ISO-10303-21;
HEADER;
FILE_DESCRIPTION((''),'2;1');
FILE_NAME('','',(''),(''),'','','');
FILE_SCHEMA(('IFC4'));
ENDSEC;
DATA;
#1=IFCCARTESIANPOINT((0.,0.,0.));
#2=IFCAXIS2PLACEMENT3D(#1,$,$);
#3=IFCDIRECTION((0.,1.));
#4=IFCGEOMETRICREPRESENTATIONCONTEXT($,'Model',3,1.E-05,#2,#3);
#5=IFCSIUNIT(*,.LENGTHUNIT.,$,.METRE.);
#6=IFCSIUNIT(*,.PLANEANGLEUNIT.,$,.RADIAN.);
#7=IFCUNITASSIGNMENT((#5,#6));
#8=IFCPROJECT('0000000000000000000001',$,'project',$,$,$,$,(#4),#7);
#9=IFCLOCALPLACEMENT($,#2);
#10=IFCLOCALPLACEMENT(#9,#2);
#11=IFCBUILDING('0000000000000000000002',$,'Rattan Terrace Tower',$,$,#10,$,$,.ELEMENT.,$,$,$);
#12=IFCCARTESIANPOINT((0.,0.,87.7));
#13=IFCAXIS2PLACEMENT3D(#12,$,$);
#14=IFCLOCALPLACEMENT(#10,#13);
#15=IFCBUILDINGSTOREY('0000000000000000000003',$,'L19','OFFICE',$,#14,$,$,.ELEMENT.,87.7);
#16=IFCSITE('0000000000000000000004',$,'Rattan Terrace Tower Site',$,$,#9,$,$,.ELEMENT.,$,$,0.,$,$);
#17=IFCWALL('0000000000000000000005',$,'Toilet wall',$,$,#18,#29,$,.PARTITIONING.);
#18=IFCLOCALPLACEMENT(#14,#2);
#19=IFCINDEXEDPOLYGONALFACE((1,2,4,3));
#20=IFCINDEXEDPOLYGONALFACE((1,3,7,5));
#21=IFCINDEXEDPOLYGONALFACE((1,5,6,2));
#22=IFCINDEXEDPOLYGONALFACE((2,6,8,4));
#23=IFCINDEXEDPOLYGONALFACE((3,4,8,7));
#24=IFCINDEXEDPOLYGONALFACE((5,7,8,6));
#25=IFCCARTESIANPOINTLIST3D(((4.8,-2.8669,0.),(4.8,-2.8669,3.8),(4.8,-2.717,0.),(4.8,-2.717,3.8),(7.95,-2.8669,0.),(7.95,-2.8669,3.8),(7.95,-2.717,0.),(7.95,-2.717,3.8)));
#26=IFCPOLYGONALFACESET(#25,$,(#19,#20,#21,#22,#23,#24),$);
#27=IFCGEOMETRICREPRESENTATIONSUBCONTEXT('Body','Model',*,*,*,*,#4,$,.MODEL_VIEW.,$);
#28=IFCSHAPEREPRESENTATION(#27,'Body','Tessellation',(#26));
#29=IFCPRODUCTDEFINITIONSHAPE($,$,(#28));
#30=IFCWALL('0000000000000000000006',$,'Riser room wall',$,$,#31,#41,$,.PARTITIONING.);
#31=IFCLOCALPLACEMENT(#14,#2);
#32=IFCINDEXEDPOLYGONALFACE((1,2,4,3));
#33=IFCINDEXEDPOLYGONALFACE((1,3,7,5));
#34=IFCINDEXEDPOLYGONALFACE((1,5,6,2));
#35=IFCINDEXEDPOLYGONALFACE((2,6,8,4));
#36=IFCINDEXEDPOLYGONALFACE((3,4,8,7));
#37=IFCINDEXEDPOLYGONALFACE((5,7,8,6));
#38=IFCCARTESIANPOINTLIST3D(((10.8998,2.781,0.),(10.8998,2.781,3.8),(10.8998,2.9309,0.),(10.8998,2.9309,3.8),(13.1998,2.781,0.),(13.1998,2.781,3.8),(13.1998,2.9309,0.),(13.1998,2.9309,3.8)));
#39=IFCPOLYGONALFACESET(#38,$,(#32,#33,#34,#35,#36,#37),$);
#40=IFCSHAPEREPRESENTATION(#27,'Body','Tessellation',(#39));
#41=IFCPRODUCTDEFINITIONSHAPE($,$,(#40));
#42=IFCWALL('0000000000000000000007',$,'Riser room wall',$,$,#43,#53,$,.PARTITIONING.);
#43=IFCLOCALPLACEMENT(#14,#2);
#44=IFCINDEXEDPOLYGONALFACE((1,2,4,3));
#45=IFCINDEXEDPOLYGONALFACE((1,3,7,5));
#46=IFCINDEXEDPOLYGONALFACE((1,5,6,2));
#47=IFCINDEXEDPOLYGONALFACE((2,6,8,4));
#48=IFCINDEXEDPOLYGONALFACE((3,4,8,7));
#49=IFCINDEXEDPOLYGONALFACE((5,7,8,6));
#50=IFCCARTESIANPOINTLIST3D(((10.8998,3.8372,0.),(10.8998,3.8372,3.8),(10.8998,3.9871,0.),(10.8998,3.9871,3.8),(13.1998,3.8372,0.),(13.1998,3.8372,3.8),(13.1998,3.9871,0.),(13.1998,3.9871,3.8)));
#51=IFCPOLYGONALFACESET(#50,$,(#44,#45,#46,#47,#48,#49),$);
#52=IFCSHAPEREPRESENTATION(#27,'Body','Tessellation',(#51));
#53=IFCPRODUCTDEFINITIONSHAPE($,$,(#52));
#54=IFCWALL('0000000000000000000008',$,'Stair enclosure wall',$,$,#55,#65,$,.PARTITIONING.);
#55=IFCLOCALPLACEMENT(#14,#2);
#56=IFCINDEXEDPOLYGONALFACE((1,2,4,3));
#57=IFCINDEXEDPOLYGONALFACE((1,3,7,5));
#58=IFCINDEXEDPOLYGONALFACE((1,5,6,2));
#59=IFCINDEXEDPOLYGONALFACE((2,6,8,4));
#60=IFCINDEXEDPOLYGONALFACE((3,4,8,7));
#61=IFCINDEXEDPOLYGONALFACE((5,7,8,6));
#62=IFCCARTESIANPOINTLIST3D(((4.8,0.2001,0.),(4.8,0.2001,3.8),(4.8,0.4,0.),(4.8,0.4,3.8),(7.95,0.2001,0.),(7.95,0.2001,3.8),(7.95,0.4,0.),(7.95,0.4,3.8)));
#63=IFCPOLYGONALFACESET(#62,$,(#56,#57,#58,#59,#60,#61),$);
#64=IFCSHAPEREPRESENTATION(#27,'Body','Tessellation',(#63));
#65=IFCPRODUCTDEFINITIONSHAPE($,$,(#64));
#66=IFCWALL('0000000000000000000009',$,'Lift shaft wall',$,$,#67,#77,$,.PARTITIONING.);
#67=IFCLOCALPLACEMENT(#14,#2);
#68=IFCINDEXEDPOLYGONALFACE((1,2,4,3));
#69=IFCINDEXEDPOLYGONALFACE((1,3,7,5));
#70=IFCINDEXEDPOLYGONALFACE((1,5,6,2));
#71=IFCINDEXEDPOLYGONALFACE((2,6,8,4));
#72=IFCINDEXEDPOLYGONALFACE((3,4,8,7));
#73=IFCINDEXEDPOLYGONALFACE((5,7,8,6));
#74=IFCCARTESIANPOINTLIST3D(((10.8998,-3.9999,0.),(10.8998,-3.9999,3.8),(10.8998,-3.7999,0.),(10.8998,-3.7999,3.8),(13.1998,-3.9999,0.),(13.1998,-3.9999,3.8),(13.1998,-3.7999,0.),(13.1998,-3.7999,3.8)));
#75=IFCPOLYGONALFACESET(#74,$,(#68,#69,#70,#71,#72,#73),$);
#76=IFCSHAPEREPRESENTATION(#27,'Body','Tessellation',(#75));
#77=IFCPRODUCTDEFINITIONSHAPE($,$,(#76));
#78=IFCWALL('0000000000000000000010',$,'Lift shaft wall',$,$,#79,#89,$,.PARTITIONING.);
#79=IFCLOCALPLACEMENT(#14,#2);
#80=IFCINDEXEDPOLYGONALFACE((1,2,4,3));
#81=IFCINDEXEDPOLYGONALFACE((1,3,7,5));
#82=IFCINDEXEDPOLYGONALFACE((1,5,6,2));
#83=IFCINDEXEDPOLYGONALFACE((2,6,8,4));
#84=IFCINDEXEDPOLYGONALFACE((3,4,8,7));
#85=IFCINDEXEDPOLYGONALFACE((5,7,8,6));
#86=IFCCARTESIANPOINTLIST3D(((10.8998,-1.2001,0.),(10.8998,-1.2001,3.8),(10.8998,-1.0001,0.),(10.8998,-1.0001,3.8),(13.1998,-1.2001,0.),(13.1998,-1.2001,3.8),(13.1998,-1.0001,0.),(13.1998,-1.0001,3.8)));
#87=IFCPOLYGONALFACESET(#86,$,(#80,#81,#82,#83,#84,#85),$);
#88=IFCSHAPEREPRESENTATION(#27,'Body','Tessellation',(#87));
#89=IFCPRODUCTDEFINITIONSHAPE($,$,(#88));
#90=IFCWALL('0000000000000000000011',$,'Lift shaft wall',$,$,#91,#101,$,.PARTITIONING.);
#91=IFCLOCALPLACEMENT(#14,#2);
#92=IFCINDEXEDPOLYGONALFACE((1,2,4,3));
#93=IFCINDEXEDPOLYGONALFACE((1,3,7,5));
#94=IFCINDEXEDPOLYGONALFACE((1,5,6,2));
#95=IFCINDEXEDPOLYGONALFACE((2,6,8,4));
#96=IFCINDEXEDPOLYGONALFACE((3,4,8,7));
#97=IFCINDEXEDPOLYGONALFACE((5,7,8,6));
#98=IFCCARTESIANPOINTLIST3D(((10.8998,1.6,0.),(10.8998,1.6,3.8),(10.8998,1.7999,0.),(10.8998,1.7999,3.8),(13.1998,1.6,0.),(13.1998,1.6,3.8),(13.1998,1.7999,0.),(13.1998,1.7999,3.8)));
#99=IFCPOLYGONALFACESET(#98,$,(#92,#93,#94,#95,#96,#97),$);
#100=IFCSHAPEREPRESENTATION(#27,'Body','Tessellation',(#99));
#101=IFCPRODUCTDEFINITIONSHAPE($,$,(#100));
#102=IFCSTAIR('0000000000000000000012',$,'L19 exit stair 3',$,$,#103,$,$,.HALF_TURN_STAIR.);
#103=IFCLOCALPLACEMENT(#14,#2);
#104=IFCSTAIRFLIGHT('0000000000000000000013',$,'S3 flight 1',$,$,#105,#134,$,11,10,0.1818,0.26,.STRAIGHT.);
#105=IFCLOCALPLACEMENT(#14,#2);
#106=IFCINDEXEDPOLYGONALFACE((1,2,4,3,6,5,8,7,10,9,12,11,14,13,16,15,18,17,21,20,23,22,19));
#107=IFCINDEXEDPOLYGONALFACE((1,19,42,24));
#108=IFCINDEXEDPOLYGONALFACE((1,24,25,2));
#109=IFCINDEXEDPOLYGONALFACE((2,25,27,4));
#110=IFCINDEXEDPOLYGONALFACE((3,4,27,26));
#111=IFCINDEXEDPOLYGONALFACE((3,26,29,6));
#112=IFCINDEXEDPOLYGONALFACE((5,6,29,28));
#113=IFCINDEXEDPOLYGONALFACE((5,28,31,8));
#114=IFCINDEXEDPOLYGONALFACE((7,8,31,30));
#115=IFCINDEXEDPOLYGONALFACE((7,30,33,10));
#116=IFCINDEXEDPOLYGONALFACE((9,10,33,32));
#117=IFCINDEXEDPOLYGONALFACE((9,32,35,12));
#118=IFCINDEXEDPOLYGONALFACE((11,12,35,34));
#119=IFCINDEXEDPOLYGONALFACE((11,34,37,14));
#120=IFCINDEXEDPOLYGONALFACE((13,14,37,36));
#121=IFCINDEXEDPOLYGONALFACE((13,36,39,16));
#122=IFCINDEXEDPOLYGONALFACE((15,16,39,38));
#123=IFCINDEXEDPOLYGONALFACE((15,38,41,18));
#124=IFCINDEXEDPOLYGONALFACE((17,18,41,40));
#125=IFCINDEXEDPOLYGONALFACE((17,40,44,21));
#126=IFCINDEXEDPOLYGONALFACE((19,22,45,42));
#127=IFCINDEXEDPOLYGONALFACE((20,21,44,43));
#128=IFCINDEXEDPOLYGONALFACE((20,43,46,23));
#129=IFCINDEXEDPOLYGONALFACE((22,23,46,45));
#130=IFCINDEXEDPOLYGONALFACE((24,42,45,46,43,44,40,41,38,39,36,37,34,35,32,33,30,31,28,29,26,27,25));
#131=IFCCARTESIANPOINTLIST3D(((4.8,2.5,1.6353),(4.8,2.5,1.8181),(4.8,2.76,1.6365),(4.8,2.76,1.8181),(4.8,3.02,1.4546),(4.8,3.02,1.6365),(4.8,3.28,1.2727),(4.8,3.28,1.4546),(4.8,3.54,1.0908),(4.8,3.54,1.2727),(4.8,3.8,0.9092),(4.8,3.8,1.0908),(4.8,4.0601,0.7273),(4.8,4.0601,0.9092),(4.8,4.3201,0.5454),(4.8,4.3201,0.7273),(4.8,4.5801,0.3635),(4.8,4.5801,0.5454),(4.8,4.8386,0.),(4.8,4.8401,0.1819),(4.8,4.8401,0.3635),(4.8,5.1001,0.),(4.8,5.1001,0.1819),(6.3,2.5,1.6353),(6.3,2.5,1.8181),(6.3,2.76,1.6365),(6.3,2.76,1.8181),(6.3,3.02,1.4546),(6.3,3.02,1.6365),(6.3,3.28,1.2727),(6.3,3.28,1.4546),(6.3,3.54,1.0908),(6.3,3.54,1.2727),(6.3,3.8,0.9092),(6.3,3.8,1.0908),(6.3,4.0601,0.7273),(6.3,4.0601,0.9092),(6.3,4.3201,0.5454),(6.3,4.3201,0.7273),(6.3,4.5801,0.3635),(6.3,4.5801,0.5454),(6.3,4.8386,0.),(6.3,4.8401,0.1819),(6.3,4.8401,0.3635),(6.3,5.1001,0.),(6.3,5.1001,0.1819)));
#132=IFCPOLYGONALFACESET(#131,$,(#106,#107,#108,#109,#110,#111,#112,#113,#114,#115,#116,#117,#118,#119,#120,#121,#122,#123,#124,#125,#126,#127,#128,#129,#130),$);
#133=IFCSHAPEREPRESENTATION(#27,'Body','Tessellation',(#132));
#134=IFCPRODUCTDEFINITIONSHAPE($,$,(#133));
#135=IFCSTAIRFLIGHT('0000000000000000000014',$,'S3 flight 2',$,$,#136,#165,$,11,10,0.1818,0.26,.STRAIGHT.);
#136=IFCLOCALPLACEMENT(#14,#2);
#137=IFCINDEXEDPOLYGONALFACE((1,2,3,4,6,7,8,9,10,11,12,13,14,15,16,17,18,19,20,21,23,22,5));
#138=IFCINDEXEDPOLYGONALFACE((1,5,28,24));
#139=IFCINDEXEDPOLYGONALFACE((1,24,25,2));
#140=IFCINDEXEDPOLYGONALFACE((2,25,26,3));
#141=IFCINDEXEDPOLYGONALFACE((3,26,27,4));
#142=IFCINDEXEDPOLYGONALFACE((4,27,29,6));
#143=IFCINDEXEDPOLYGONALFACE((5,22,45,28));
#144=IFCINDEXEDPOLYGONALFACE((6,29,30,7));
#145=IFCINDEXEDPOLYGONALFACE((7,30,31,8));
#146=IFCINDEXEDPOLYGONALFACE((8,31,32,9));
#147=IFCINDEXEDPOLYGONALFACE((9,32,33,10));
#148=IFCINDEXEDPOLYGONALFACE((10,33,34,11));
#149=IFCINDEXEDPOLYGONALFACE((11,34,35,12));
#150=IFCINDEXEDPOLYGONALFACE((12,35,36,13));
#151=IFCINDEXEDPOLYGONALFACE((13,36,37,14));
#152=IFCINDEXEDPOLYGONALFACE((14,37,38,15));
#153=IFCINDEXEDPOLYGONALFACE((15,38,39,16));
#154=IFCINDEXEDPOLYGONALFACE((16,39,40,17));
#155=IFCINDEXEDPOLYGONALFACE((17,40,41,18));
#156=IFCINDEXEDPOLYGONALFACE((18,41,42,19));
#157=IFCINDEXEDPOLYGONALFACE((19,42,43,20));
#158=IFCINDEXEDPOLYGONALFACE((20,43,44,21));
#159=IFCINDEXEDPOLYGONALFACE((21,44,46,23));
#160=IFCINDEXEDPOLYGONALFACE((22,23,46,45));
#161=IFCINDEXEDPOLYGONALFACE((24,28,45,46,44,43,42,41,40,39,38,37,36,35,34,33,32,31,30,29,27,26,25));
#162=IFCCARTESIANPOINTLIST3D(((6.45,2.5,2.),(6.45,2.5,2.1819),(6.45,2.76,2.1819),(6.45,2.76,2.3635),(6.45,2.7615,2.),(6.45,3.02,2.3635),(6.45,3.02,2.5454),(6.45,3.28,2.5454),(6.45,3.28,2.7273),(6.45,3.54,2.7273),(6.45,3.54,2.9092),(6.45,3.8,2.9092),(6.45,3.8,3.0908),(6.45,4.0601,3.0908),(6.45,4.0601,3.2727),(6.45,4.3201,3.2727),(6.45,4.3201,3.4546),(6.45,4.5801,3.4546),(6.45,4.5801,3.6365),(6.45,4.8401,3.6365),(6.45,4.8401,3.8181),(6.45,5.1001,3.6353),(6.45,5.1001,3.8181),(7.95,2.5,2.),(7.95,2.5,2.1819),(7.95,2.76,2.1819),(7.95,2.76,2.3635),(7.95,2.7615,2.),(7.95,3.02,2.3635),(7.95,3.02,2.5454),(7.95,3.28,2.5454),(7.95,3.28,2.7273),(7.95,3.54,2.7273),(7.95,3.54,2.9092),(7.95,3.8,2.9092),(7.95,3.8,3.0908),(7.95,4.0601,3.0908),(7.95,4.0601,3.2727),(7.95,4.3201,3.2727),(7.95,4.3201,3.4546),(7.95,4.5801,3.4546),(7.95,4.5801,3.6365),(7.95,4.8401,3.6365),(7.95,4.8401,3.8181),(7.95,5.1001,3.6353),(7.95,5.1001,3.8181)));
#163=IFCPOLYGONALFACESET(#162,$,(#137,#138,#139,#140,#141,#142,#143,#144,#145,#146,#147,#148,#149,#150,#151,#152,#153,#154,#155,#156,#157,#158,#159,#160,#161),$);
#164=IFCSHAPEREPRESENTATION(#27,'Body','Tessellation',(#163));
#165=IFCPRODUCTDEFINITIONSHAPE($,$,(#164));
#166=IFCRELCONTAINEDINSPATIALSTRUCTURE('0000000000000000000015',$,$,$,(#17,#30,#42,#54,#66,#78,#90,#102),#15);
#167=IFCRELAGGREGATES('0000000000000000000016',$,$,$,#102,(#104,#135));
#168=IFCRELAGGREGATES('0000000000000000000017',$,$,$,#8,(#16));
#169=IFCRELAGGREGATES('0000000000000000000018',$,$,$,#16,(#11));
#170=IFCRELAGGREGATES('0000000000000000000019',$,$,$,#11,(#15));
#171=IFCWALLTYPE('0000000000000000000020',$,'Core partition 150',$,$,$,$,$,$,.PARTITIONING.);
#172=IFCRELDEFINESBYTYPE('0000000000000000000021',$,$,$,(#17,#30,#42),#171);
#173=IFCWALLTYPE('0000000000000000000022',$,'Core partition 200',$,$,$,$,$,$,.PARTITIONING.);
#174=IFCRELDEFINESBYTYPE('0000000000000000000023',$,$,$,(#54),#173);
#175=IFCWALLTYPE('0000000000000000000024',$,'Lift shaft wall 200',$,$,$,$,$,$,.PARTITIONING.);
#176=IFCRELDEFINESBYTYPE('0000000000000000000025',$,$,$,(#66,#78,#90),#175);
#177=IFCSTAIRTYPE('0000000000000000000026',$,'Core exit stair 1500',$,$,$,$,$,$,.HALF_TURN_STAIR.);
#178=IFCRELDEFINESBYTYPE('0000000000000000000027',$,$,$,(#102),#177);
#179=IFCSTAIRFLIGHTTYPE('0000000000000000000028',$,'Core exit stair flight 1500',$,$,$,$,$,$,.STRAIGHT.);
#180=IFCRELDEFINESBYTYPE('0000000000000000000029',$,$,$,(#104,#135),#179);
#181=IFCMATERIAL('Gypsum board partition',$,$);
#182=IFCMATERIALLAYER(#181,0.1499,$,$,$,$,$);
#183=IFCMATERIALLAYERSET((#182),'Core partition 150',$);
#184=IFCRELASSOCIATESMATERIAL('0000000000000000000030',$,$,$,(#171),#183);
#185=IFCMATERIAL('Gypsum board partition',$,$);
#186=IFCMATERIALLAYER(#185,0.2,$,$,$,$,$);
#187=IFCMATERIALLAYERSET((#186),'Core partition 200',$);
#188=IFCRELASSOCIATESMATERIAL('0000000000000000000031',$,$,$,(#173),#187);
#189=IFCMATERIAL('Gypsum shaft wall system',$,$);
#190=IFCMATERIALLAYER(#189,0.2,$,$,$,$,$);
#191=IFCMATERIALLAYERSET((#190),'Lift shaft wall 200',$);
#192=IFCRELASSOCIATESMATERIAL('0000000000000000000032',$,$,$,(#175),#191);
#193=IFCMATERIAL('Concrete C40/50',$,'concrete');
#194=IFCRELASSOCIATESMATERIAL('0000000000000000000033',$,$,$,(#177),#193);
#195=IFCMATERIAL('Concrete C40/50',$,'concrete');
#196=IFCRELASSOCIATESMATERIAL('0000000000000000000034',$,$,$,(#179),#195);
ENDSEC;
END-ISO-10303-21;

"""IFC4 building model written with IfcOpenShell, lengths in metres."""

from ifc_helpers import new_model, si_unit, direction, frame, frame_2d, origin, place, context, subcontext, project, spatial, polyline, rectangle, outline, extrude, material, layer, layer_set, type_object, element, aggregate, save


model = new_model("IFC4")

# Units and contexts
model_context = context("Model", 3, precision=1e-05, world=origin(), true_north=direction((0.0, 1.0)))
body_context = subcontext(model_context, "Body", "Model", "MODEL_VIEW")
ifc_project = project(units=[si_unit("LENGTHUNIT", "METRE"), si_unit("PLANEANGLEUNIT", "RADIAN")], contexts=[model_context])

# Site, building, storey
site_placement = place(None, origin())
site = spatial("IfcSite", under=ifc_project, at=site_placement, Name="Rattan Terrace Tower Site", CompositionType="ELEMENT", RefElevation=0.0)
building_placement = place(site_placement, origin())
building = spatial("IfcBuilding", under=site, at=building_placement, Name="Rattan Terrace Tower", CompositionType="ELEMENT")
storey_placement = place(building_placement, frame((0.0, 0.0, 87.7)))
storey = spatial("IfcBuildingStorey", under=building, at=storey_placement, Name="L19", Description="OFFICE", CompositionType="ELEMENT", Elevation=87.7)

# Walls
ifc_material_1 = material(Name="Gypsum board partition")
ifc_layer_1 = layer(ifc_material_1, 0.1499)
ifc_layer_set_1 = layer_set([ifc_layer_1], Name="Core partition 150")
wall_type_1 = type_object("IfcWallType", Name="Core partition 150", PredefinedType="PARTITIONING", material=ifc_layer_set_1)
wall_1_placement = place(storey_placement, frame((4.8, -2.792, 0.0), z_axis=(0.0, 0.0, 1.0), x_axis=(1.0, 0.0, 0.0)))
element("IfcWall", 1, at=wall_1_placement, inside=storey, type_object=wall_type_1, Name="Toilet wall", PredefinedType="PARTITIONING", context=body_context, shape_type="SweptSolid", body=[
    extrude(rectangle(XDim=3.1499, YDim=0.1499, at=frame_2d((1.575, 0.0))), origin(), (0.0, 0.0, 1.0), 3.8),
])
for number, where, z_axis, x_axis, name in (
    (2, (10.8999, 2.856, 0.0), (0.0, 0.0, 1.0), (1.0, 0.0, 0.0), "Riser room wall"),
    (3, (10.8999, 3.9121, 0.0), (0.0, 0.0, 1.0), (1.0, 0.0, 0.0), "Riser room wall"),
):
    element("IfcWall", number, at=place(storey_placement, frame(where, z_axis=z_axis, x_axis=x_axis)), inside=storey, type_object=wall_type_1, Name=name, PredefinedType="PARTITIONING", context=body_context, shape_type="SweptSolid", body=[
        extrude(rectangle(XDim=2.3, YDim=0.1499, at=frame_2d((1.1499, 0.0))), origin(), (0.0, 0.0, 1.0), 3.8),
    ])
ifc_material_2 = material(Name="Gypsum board partition")
ifc_layer_2 = layer(ifc_material_2, 0.2)
ifc_layer_set_2 = layer_set([ifc_layer_2], Name="Core partition 200")
wall_type_2 = type_object("IfcWallType", Name="Core partition 200", PredefinedType="PARTITIONING", material=ifc_layer_set_2)
wall_2_placement = place(storey_placement, frame((4.8, 0.3, 0.0), z_axis=(0.0, 0.0, 1.0), x_axis=(1.0, 0.0, 0.0)))
element("IfcWall", 4, at=wall_2_placement, inside=storey, type_object=wall_type_2, Name="Stair enclosure wall", PredefinedType="PARTITIONING", context=body_context, shape_type="SweptSolid", body=[
    extrude(rectangle(XDim=3.1499, YDim=0.2, at=frame_2d((1.575, 0.0))), origin(), (0.0, 0.0, 1.0), 3.8),
])
ifc_material_3 = material(Name="Gypsum shaft wall system")
ifc_layer_3 = layer(ifc_material_3, 0.2)
ifc_layer_set_3 = layer_set([ifc_layer_3], Name="Lift shaft wall 200")
wall_type_3 = type_object("IfcWallType", Name="Lift shaft wall 200", PredefinedType="PARTITIONING", material=ifc_layer_set_3)
for number, where, z_axis, x_axis, name in (
    (5, (10.8999, -3.8999, 0.0), (0.0, 0.0, 1.0), (1.0, 0.0, 0.0), "Lift shaft wall"),
    (6, (10.8999, -1.1001, 0.0), (0.0, 0.0, 1.0), (1.0, 0.0, 0.0), "Lift shaft wall"),
    (7, (10.8999, 1.7, 0.0), (0.0, 0.0, 1.0), (1.0, 0.0, 0.0), "Lift shaft wall"),
):
    element("IfcWall", number, at=place(storey_placement, frame(where, z_axis=z_axis, x_axis=x_axis)), inside=storey, type_object=wall_type_3, Name=name, PredefinedType="PARTITIONING", context=body_context, shape_type="SweptSolid", body=[
        extrude(rectangle(XDim=2.3, YDim=0.2, at=frame_2d((1.1499, 0.0))), origin(), (0.0, 0.0, 1.0), 3.8),
    ])

# Stair, stair flights
ifc_material_4 = material(Name="Concrete C40/50", Category="concrete")
stair_type = type_object("IfcStairType", Name="Core exit stair 1500", PredefinedType="HALF_TURN_STAIR", material=ifc_material_4)
stair_placement = place(storey_placement, origin())
stair = element("IfcStair", 8, at=stair_placement, inside=storey, type_object=stair_type, Name="L19 exit stair 3", PredefinedType="HALF_TURN_STAIR")
ifc_material_5 = material(Name="Concrete C40/50", Category="concrete")
stair_flight_type = type_object("IfcStairFlightType", Name="Core exit stair flight 1500", PredefinedType="STRAIGHT", material=ifc_material_5)
stair_flight_1_placement = place(storey_placement, frame((5.55, 5.1001, 0.0), z_axis=(0.0, 0.0, 1.0), x_axis=(0.0, -1.0, 0.0)))
stair_flight_1 = element("IfcStairFlight", 9, at=stair_flight_1_placement, type_object=stair_flight_type, Name="S3 flight 1", NumberOfRisers=11, NumberOfTreads=10, PredefinedType="STRAIGHT", RiserHeight=0.1818, TreadLength=0.26, context=body_context, shape_type="SweptSolid", body=[
    extrude(outline(polyline([(0.0, 0.0), (0.0, 0.1819), (0.26, 0.1819), (0.26, 0.3635), (0.52, 0.3635), (0.52, 0.5454), (0.78, 0.5454), (0.78, 0.7273), (1.04, 0.7273), (1.04, 0.9092), (1.3, 0.9092), (1.3, 1.0908), (1.5601, 1.0908), (1.5601, 1.2727), (1.8201, 1.2727), (1.8201, 1.4546), (2.0801, 1.4546), (2.0801, 1.6365), (2.3401, 1.6365), (2.3401, 1.8181), (2.6001, 1.8181), (2.6001, 2.0), (2.6001, 1.6353), (0.2615, 0.0), (0.0, 0.0)])), frame((0.0, 0.75, 0.0), z_axis=(0.0, -1.0, 0.0), x_axis=(1.0, 0.0, 0.0)), (0.0, 0.0, 1.0), 1.5),
])
stair_flight_2_placement = place(storey_placement, frame((7.2, 2.5, 2.0), z_axis=(0.0, 0.0, 1.0), x_axis=(0.0, 1.0, 0.0)))
stair_flight_2 = element("IfcStairFlight", 10, at=stair_flight_2_placement, type_object=stair_flight_type, Name="S3 flight 2", NumberOfRisers=11, NumberOfTreads=10, PredefinedType="STRAIGHT", RiserHeight=0.1818, TreadLength=0.26, context=body_context, shape_type="SweptSolid", body=[
    extrude(outline(polyline([(0.0, 0.0), (0.0, 0.1819), (0.26, 0.1819), (0.26, 0.3635), (0.52, 0.3635), (0.52, 0.5454), (0.78, 0.5454), (0.78, 0.7273), (1.04, 0.7273), (1.04, 0.9092), (1.3, 0.9092), (1.3, 1.0908), (1.5601, 1.0908), (1.5601, 1.2727), (1.8201, 1.2727), (1.8201, 1.4546), (2.0801, 1.4546), (2.0801, 1.6365), (2.3401, 1.6365), (2.3401, 1.8181), (2.6001, 1.8181), (2.6001, 2.0), (2.6001, 1.6353), (0.2615, 0.0), (0.0, 0.0)])), frame((0.0, 0.75, 0.0), z_axis=(0.0, -1.0, 0.0), x_axis=(1.0, 0.0, 0.0)), (0.0, 0.0, 1.0), 1.5),
])
aggregate(stair, [stair_flight_1, stair_flight_2])

save(model, "model.ifc")
